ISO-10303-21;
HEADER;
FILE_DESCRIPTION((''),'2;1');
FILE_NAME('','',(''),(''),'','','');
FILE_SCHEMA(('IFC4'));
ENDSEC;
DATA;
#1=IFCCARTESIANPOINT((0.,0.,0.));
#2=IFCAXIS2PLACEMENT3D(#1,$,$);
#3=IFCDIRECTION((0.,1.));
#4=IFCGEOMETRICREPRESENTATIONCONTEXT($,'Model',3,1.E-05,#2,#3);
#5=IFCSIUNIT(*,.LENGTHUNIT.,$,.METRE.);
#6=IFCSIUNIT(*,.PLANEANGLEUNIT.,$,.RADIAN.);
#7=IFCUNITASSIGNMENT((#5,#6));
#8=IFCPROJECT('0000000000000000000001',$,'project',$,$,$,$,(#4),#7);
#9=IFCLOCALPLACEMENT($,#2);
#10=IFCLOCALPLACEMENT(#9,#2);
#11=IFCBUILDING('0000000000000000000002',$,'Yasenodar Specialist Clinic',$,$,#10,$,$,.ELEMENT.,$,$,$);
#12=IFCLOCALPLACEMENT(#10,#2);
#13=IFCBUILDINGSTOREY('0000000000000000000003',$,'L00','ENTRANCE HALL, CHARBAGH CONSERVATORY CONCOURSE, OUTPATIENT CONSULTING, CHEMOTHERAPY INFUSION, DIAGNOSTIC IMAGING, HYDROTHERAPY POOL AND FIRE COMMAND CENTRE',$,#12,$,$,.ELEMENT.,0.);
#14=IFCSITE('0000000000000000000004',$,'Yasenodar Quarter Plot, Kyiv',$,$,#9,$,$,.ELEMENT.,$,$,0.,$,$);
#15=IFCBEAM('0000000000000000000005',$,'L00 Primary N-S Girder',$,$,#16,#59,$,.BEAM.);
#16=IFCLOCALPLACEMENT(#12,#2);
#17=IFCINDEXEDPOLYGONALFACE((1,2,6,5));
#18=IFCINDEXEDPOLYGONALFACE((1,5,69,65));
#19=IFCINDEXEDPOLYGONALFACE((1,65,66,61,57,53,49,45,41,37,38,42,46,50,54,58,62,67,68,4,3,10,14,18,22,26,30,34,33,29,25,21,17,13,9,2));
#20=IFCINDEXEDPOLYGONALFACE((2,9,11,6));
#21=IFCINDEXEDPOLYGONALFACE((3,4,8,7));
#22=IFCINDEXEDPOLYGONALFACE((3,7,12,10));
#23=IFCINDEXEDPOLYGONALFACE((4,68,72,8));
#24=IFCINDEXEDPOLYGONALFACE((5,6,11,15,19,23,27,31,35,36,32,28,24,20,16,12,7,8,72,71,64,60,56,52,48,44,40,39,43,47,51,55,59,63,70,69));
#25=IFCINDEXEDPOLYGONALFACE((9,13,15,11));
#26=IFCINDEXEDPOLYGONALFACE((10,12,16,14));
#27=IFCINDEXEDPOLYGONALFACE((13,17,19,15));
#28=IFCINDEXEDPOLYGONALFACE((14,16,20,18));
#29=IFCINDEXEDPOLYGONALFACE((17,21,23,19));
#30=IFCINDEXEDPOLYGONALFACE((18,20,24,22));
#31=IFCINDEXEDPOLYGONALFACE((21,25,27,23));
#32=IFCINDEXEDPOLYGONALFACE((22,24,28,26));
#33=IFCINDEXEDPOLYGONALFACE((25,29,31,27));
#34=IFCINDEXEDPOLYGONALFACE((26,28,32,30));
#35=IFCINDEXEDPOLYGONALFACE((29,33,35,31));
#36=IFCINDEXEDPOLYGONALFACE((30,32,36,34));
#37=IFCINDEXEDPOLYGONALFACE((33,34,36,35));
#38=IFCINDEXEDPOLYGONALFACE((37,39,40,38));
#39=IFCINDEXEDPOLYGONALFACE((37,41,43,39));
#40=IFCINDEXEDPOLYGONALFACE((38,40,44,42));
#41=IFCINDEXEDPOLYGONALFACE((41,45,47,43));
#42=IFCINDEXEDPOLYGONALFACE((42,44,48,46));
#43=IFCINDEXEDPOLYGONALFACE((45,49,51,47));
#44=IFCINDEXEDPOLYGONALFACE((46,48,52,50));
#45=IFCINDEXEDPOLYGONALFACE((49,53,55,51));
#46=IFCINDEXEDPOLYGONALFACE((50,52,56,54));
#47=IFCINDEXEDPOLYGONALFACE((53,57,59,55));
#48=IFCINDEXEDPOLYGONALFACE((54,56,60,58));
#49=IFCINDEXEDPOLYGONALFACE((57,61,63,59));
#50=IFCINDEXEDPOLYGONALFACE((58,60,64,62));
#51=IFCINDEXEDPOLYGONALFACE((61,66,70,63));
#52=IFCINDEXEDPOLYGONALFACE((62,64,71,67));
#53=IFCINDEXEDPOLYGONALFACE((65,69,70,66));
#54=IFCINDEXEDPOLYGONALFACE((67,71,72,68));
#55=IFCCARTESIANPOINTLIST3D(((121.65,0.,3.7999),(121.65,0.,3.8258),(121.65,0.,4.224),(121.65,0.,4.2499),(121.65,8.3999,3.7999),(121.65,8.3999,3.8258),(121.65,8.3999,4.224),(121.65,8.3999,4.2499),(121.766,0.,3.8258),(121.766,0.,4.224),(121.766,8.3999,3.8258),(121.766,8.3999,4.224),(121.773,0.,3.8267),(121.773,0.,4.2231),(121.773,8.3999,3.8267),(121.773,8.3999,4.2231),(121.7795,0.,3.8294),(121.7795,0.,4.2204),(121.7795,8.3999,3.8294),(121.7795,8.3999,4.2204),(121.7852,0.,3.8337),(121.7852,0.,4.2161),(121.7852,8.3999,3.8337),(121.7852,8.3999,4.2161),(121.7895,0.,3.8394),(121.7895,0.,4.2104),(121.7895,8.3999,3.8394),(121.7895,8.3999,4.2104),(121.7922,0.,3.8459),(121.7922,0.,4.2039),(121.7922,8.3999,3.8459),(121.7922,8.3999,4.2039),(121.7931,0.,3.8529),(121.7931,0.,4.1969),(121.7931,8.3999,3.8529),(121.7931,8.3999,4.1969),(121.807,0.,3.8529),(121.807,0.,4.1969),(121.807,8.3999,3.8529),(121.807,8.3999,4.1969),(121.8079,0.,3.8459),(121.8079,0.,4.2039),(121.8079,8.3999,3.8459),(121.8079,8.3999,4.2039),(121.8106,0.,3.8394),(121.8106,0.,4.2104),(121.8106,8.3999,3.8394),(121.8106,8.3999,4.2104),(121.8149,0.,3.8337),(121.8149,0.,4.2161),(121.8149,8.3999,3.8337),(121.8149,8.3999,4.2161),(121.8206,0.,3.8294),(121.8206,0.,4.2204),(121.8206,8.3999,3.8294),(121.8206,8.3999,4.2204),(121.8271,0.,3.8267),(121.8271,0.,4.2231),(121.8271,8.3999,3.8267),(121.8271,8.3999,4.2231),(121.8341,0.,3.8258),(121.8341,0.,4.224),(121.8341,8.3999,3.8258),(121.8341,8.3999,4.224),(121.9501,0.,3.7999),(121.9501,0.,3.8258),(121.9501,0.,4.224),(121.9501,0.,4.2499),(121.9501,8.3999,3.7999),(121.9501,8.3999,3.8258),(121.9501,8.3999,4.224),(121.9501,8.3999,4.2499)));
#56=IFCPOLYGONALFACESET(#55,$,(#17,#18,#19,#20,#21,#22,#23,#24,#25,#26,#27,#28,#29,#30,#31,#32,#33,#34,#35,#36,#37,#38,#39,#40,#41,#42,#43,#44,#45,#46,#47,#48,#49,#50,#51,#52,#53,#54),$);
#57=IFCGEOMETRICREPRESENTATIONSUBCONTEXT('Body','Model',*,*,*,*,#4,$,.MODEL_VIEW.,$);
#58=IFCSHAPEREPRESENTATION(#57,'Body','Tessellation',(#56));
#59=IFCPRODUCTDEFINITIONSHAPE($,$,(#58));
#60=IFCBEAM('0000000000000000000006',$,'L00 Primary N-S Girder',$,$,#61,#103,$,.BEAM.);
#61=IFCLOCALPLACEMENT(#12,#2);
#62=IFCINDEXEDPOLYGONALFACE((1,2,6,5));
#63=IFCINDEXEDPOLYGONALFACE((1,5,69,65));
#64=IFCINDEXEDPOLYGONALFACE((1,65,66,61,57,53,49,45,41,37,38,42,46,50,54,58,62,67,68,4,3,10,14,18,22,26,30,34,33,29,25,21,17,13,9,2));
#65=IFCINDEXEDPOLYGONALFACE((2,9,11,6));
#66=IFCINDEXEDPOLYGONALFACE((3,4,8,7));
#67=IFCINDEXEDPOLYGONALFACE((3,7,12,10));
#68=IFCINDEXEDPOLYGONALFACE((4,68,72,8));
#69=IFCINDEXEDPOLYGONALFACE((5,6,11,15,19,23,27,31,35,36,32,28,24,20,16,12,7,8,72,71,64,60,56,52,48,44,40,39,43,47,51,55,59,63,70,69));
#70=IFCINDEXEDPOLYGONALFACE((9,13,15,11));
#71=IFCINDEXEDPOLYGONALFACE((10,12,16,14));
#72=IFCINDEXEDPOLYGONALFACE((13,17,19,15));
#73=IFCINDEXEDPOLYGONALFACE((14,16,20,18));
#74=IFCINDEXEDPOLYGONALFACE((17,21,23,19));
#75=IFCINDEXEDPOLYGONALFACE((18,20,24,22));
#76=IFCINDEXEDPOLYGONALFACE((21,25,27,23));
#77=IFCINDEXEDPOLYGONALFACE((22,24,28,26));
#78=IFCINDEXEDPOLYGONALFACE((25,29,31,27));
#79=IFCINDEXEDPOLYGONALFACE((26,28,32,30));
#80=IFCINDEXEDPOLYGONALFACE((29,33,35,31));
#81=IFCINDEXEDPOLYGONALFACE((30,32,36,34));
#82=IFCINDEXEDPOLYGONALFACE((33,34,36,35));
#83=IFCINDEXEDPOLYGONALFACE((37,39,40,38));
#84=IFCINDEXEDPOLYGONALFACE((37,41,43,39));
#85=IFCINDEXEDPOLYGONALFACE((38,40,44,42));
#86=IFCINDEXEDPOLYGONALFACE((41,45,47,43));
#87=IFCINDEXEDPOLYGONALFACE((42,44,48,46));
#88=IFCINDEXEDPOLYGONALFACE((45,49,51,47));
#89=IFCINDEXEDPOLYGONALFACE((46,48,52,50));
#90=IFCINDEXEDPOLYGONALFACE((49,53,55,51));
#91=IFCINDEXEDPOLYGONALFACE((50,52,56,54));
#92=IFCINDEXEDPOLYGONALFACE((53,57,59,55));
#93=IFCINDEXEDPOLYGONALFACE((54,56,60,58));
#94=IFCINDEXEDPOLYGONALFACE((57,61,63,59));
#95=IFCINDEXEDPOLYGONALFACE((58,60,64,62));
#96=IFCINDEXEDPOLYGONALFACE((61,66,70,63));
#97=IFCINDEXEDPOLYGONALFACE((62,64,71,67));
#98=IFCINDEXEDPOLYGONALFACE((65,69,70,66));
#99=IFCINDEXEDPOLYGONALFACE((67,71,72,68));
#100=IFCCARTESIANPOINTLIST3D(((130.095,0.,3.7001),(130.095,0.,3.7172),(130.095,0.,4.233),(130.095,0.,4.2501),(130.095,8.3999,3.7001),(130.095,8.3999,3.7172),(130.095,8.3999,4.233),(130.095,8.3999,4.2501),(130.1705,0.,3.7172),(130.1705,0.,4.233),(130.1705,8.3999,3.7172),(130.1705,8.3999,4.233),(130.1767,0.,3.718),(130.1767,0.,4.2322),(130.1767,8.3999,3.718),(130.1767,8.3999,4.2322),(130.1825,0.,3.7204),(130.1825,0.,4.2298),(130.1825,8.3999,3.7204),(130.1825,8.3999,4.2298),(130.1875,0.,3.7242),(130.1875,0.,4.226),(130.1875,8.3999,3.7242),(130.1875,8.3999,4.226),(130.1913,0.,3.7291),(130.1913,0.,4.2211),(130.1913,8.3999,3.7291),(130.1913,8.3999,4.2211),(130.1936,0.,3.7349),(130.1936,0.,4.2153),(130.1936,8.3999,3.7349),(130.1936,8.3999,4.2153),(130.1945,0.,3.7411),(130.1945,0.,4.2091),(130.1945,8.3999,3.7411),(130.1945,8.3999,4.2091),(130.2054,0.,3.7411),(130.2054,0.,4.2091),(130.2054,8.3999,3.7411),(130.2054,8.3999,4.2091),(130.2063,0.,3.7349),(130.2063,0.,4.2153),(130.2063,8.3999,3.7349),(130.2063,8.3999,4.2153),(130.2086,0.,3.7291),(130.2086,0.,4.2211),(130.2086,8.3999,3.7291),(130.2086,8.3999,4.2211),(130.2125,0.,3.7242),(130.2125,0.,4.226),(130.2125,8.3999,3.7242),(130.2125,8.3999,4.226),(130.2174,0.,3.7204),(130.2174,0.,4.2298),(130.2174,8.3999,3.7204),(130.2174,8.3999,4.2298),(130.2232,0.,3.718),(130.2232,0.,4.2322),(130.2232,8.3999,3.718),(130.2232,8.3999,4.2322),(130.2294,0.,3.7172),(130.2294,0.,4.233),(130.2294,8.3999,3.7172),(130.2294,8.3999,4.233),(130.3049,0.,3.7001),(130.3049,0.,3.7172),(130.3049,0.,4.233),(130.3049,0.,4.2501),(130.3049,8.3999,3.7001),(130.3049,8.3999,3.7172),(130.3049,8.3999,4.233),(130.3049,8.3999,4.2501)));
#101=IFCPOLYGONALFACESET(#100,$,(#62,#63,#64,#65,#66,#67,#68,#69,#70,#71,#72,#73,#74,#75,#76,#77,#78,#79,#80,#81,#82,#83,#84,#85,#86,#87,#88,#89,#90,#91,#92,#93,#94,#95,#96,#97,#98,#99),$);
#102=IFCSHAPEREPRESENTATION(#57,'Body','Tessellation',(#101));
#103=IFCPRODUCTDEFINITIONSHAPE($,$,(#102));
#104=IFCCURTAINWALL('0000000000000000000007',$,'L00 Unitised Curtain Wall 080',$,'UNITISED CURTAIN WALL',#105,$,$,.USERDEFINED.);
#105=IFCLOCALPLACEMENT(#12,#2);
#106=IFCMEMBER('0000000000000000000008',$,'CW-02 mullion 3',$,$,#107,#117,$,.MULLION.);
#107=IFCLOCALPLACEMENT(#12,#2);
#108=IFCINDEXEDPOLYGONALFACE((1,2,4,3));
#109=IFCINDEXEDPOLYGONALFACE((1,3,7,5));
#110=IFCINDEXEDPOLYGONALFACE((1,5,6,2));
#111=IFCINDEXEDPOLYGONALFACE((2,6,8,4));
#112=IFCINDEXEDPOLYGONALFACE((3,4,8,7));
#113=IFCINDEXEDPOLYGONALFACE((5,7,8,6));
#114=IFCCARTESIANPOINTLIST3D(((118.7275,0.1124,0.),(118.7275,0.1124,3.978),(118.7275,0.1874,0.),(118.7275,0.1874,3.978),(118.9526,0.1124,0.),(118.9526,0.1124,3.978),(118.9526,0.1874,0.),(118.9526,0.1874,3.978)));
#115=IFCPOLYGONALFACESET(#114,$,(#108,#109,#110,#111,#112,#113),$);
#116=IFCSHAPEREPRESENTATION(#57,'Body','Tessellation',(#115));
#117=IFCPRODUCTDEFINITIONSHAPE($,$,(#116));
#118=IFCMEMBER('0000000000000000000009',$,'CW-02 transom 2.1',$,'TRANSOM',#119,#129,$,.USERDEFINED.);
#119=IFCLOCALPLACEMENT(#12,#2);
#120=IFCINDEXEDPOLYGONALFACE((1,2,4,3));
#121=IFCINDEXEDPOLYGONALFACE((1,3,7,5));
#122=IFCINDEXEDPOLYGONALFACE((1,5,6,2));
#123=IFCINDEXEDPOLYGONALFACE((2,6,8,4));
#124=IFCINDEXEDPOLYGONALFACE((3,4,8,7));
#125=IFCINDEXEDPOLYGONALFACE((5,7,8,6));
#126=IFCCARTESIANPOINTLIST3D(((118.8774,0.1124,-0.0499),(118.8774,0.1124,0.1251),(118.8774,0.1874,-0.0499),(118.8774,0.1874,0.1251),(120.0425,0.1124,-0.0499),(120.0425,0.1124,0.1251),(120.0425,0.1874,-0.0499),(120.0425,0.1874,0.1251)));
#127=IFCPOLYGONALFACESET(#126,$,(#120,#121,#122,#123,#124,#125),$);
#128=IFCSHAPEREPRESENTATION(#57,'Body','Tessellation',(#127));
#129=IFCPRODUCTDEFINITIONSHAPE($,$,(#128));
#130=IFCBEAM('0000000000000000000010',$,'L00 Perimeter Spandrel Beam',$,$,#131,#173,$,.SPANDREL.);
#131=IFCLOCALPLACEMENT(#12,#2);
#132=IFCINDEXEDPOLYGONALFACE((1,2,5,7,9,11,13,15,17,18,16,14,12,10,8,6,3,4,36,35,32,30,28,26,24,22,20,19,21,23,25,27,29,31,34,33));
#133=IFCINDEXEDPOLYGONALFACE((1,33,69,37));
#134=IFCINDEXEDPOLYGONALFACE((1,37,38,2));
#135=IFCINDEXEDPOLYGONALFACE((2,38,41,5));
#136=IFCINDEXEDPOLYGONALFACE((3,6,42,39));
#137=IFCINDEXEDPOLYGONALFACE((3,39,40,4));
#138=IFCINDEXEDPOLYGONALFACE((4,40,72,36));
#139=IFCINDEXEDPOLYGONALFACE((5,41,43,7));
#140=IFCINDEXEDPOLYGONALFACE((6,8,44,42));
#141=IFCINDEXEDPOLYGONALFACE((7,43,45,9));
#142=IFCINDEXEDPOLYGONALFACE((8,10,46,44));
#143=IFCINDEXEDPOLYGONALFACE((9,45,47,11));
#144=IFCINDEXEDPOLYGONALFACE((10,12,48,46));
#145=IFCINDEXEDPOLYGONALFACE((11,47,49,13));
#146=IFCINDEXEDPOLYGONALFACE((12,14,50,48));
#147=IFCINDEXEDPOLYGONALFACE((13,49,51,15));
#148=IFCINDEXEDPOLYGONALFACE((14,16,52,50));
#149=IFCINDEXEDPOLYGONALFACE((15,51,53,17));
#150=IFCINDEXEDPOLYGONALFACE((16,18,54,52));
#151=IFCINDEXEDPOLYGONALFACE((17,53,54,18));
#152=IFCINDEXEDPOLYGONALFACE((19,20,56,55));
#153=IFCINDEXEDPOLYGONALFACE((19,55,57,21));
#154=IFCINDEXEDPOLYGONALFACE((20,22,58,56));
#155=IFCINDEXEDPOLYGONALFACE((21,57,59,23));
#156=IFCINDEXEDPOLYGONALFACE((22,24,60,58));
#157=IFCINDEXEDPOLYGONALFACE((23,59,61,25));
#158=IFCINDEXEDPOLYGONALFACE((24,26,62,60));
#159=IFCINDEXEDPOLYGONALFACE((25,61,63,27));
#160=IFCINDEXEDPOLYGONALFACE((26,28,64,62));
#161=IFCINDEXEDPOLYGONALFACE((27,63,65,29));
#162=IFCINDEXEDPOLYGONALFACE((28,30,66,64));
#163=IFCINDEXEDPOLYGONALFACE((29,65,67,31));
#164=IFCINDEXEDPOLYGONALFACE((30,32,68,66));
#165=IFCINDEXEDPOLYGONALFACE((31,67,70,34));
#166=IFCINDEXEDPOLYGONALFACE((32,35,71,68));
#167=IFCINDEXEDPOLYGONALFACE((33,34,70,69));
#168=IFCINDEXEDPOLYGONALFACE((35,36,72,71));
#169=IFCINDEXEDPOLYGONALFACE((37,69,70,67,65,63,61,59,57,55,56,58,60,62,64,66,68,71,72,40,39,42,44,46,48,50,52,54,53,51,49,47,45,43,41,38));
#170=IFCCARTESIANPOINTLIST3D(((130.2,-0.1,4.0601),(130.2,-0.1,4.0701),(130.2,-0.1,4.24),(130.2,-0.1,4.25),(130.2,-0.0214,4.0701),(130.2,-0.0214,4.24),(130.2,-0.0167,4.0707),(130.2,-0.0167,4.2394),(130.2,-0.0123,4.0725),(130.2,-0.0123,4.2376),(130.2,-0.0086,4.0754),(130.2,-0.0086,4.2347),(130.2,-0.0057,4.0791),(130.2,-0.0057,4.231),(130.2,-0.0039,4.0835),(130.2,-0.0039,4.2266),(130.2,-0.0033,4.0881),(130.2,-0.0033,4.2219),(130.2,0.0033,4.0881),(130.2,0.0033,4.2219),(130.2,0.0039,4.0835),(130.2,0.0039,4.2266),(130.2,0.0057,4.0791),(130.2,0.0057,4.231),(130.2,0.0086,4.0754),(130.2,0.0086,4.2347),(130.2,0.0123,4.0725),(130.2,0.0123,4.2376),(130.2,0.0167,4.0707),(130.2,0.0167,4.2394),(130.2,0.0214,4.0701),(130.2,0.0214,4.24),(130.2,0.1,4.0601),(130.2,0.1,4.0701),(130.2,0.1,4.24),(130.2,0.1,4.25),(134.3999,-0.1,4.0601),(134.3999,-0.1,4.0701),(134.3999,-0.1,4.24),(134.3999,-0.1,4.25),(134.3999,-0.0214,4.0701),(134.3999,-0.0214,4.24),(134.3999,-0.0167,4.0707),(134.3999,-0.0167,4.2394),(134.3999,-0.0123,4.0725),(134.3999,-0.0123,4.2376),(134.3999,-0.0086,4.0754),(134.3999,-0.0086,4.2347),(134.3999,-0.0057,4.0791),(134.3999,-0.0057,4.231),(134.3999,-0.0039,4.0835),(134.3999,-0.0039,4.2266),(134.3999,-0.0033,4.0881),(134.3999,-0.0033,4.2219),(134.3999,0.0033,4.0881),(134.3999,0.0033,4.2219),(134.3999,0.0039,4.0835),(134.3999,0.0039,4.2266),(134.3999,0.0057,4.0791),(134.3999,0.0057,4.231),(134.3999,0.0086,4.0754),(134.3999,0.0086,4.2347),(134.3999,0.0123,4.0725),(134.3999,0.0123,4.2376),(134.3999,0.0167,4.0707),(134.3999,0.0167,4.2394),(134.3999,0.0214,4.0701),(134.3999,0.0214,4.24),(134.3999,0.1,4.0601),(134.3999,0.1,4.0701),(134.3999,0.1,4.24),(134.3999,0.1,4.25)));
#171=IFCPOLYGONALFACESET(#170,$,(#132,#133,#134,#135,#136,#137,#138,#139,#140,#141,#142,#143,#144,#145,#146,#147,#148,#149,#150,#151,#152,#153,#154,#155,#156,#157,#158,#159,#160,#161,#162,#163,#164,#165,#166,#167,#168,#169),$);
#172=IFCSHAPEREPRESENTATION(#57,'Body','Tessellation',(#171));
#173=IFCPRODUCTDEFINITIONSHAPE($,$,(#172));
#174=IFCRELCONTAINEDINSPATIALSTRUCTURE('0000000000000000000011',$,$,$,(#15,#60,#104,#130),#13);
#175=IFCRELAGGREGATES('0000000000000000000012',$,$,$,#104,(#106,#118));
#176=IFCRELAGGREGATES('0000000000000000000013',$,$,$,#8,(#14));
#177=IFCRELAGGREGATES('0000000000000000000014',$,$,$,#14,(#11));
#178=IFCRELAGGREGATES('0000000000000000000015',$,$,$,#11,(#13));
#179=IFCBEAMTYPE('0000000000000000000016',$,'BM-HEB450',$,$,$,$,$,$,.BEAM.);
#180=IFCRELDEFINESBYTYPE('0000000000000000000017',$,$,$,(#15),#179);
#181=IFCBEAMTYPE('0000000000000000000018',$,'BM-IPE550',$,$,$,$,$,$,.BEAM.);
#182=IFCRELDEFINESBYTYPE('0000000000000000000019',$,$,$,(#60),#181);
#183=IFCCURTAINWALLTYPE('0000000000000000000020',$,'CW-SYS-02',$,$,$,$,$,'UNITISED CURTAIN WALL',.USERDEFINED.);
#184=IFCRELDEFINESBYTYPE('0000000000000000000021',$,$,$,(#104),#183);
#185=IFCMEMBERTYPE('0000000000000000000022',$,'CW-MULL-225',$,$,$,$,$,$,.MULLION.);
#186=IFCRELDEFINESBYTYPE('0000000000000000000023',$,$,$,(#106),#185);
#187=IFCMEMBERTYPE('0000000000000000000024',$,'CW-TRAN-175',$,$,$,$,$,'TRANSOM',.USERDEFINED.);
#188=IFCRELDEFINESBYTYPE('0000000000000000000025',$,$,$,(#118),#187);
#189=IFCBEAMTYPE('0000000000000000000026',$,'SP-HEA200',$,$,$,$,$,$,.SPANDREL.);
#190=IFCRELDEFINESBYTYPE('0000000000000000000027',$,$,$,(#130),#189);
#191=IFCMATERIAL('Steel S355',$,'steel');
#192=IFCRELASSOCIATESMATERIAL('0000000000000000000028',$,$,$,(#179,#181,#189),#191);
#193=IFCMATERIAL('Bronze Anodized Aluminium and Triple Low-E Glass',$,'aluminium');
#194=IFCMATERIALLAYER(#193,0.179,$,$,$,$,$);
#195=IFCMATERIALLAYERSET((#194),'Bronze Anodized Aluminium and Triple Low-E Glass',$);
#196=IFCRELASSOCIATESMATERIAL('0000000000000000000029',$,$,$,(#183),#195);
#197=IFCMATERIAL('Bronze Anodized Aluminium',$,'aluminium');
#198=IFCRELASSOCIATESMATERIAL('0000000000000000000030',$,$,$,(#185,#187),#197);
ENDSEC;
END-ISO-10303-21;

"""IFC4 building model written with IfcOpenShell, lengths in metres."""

from ifc_helpers import new_model, si_unit, direction, frame, origin, origin_2d, place, context, subcontext, project, spatial, rectangle, i_section, extrude, material, layer, layer_set, material_profile, profile_set, type_object, element, aggregate, save


model = new_model("IFC4")

# Units and contexts
model_context = context("Model", 3, precision=1e-05, world=origin(), true_north=direction((0.0, 1.0)))
body_context = subcontext(model_context, "Body", "Model", "MODEL_VIEW")
ifc_project = project(units=[si_unit("LENGTHUNIT", "METRE"), si_unit("PLANEANGLEUNIT", "RADIAN")], contexts=[model_context])

# Site, building, storey
site_placement = place(None, origin())
site = spatial("IfcSite", under=ifc_project, at=site_placement, Name="Yasenodar Quarter Plot, Kyiv", CompositionType="ELEMENT", RefElevation=0.0)
building_placement = place(site_placement, origin())
building = spatial("IfcBuilding", under=site, at=building_placement, Name="Yasenodar Specialist Clinic", CompositionType="ELEMENT")
storey_placement = place(building_placement, origin())
storey = spatial("IfcBuildingStorey", under=building, at=storey_placement, Name="L00", Description="ENTRANCE HALL, CHARBAGH CONSERVATORY CONCOURSE, OUTPATIENT CONSULTING, CHEMOTHERAPY INFUSION, DIAGNOSTIC IMAGING, HYDROTHERAPY POOL AND FIRE COMMAND CENTRE", CompositionType="ELEMENT", Elevation=0.0)

# Shared definitions
ifc_material_1 = material(Name="Steel S355", Category="steel")

# Beams
ifc_material_profile_1 = material_profile(ifc_material_1, i_section(OverallWidth=0.3, OverallDepth=0.45, WebThickness=0.0139, FlangeThickness=0.0259, FilletRadius=0.0271, at=origin_2d()), Name="HEB 450")
ifc_profile_set_1 = profile_set([ifc_material_profile_1], Name="Steel S355")
beam_type_1 = type_object("IfcBeamType", Name="BM-HEB450", PredefinedType="BEAM", material=ifc_profile_set_1)
beam_1_placement = place(storey_placement, frame((121.8, 0.0, 4.0249), z_axis=(0.0, 1.0, 0.0), x_axis=(-1.0, 0.0, 0.0)))
element("IfcBeam", 1, at=beam_1_placement, inside=storey, type_object=beam_type_1, Name="L00 Primary N-S Girder", PredefinedType="BEAM", context=body_context, shape_type="SweptSolid", body=[
    extrude(i_section(OverallWidth=0.3, OverallDepth=0.45, WebThickness=0.0139, FlangeThickness=0.0259, FilletRadius=0.0271, at=origin_2d()), origin(), (0.0, 0.0, 1.0), 8.3999),
])
ifc_material_profile_2 = material_profile(ifc_material_1, i_section(OverallWidth=0.21, OverallDepth=0.55, WebThickness=0.011, FlangeThickness=0.0171, FilletRadius=0.0239, at=origin_2d()), Name="IPE 550")
ifc_profile_set_2 = profile_set([ifc_material_profile_2], Name="Steel S355")
beam_type_2 = type_object("IfcBeamType", Name="BM-IPE550", PredefinedType="BEAM", material=ifc_profile_set_2)
beam_2_placement = place(storey_placement, frame((130.2, 0.0, 3.9751), z_axis=(0.0, 1.0, 0.0), x_axis=(-1.0, 0.0, 0.0)))
element("IfcBeam", 2, at=beam_2_placement, inside=storey, type_object=beam_type_2, Name="L00 Primary N-S Girder", PredefinedType="BEAM", context=body_context, shape_type="SweptSolid", body=[
    extrude(i_section(OverallWidth=0.21, OverallDepth=0.55, WebThickness=0.011, FlangeThickness=0.0171, FilletRadius=0.0239, at=origin_2d()), origin(), (0.0, 0.0, 1.0), 8.3999),
])

# Curtain wall, members
ifc_material_2 = material(Name="Bronze Anodized Aluminium and Triple Low-E Glass", Category="aluminium")
ifc_layer_1 = layer(ifc_material_2, 0.179)
ifc_layer_set_1 = layer_set([ifc_layer_1], Name="Bronze Anodized Aluminium and Triple Low-E Glass")
curtain_wall_type = type_object("IfcCurtainWallType", Name="CW-SYS-02", ElementType="UNITISED CURTAIN WALL", PredefinedType="USERDEFINED", material=ifc_layer_set_1)
curtain_wall_placement = place(storey_placement, origin())
curtain_wall = element("IfcCurtainWall", 3, at=curtain_wall_placement, inside=storey, type_object=curtain_wall_type, Name="L00 Unitised Curtain Wall 080", ObjectType="UNITISED CURTAIN WALL", PredefinedType="USERDEFINED")
ifc_material_3 = material(Name="Bronze Anodized Aluminium", Category="aluminium")
ifc_material_profile_3 = material_profile(ifc_material_3, rectangle(XDim=0.075, YDim=0.2251, at=origin_2d()), Name="CW-MULL 75x225")
ifc_profile_set_3 = profile_set([ifc_material_profile_3], Name="Bronze Anodized Aluminium")
member_type_1 = type_object("IfcMemberType", Name="CW-MULL-225", PredefinedType="MULLION", material=ifc_profile_set_3)
member_1_placement = place(storey_placement, frame((118.8401, 0.1499, 0.0), z_axis=(0.0, 0.0, 1.0), x_axis=(0.0, -1.0, 0.0)))
member_1 = element("IfcMember", 4, at=member_1_placement, type_object=member_type_1, Name="CW-02 mullion 3", PredefinedType="MULLION", context=body_context, shape_type="SweptSolid", body=[
    extrude(rectangle(XDim=0.075, YDim=0.2251, at=origin_2d()), origin(), (0.0, 0.0, 1.0), 3.978),
])
ifc_material_profile_4 = material_profile(ifc_material_3, rectangle(XDim=0.075, YDim=0.175, at=origin_2d()), Name="CW-TRAN 75x175")
ifc_profile_set_4 = profile_set([ifc_material_profile_4], Name="Bronze Anodized Aluminium")
member_type_2 = type_object("IfcMemberType", Name="CW-TRAN-175", ElementType="TRANSOM", PredefinedType="USERDEFINED", material=ifc_profile_set_4)
member_2_placement = place(storey_placement, frame((120.0425, 0.1499, 0.0376), z_axis=(-1.0, 0.0, 0.0), x_axis=(0.0, -1.0, 0.0)))
member_2 = element("IfcMember", 5, at=member_2_placement, type_object=member_type_2, Name="CW-02 transom 2.1", ObjectType="TRANSOM", PredefinedType="USERDEFINED", context=body_context, shape_type="SweptSolid", body=[
    extrude(rectangle(XDim=0.075, YDim=0.175, at=origin_2d()), origin(), (0.0, 0.0, 1.0), 1.165),
])

# Beam
ifc_material_profile_5 = material_profile(ifc_material_1, i_section(OverallWidth=0.2, OverallDepth=0.1899, WebThickness=0.0066, FlangeThickness=0.01, FilletRadius=0.0181, at=origin_2d()), Name="HEA 200")
ifc_profile_set_5 = profile_set([ifc_material_profile_5], Name="Steel S355")
beam_type_3 = type_object("IfcBeamType", Name="SP-HEA200", PredefinedType="SPANDREL", material=ifc_profile_set_5)
beam_3_placement = place(storey_placement, frame((130.2, 0.0, 4.155), z_axis=(1.0, 0.0, 0.0), x_axis=(0.0, 1.0, 0.0)))
element("IfcBeam", 6, at=beam_3_placement, inside=storey, type_object=beam_type_3, Name="L00 Perimeter Spandrel Beam", PredefinedType="SPANDREL", context=body_context, shape_type="SweptSolid", body=[
    extrude(i_section(OverallWidth=0.2, OverallDepth=0.1899, WebThickness=0.0066, FlangeThickness=0.01, FilletRadius=0.0181, at=origin_2d()), origin(), (0.0, 0.0, 1.0), 4.2),
])

aggregate(curtain_wall, [member_1, member_2])

save(model, "model.ifc")
